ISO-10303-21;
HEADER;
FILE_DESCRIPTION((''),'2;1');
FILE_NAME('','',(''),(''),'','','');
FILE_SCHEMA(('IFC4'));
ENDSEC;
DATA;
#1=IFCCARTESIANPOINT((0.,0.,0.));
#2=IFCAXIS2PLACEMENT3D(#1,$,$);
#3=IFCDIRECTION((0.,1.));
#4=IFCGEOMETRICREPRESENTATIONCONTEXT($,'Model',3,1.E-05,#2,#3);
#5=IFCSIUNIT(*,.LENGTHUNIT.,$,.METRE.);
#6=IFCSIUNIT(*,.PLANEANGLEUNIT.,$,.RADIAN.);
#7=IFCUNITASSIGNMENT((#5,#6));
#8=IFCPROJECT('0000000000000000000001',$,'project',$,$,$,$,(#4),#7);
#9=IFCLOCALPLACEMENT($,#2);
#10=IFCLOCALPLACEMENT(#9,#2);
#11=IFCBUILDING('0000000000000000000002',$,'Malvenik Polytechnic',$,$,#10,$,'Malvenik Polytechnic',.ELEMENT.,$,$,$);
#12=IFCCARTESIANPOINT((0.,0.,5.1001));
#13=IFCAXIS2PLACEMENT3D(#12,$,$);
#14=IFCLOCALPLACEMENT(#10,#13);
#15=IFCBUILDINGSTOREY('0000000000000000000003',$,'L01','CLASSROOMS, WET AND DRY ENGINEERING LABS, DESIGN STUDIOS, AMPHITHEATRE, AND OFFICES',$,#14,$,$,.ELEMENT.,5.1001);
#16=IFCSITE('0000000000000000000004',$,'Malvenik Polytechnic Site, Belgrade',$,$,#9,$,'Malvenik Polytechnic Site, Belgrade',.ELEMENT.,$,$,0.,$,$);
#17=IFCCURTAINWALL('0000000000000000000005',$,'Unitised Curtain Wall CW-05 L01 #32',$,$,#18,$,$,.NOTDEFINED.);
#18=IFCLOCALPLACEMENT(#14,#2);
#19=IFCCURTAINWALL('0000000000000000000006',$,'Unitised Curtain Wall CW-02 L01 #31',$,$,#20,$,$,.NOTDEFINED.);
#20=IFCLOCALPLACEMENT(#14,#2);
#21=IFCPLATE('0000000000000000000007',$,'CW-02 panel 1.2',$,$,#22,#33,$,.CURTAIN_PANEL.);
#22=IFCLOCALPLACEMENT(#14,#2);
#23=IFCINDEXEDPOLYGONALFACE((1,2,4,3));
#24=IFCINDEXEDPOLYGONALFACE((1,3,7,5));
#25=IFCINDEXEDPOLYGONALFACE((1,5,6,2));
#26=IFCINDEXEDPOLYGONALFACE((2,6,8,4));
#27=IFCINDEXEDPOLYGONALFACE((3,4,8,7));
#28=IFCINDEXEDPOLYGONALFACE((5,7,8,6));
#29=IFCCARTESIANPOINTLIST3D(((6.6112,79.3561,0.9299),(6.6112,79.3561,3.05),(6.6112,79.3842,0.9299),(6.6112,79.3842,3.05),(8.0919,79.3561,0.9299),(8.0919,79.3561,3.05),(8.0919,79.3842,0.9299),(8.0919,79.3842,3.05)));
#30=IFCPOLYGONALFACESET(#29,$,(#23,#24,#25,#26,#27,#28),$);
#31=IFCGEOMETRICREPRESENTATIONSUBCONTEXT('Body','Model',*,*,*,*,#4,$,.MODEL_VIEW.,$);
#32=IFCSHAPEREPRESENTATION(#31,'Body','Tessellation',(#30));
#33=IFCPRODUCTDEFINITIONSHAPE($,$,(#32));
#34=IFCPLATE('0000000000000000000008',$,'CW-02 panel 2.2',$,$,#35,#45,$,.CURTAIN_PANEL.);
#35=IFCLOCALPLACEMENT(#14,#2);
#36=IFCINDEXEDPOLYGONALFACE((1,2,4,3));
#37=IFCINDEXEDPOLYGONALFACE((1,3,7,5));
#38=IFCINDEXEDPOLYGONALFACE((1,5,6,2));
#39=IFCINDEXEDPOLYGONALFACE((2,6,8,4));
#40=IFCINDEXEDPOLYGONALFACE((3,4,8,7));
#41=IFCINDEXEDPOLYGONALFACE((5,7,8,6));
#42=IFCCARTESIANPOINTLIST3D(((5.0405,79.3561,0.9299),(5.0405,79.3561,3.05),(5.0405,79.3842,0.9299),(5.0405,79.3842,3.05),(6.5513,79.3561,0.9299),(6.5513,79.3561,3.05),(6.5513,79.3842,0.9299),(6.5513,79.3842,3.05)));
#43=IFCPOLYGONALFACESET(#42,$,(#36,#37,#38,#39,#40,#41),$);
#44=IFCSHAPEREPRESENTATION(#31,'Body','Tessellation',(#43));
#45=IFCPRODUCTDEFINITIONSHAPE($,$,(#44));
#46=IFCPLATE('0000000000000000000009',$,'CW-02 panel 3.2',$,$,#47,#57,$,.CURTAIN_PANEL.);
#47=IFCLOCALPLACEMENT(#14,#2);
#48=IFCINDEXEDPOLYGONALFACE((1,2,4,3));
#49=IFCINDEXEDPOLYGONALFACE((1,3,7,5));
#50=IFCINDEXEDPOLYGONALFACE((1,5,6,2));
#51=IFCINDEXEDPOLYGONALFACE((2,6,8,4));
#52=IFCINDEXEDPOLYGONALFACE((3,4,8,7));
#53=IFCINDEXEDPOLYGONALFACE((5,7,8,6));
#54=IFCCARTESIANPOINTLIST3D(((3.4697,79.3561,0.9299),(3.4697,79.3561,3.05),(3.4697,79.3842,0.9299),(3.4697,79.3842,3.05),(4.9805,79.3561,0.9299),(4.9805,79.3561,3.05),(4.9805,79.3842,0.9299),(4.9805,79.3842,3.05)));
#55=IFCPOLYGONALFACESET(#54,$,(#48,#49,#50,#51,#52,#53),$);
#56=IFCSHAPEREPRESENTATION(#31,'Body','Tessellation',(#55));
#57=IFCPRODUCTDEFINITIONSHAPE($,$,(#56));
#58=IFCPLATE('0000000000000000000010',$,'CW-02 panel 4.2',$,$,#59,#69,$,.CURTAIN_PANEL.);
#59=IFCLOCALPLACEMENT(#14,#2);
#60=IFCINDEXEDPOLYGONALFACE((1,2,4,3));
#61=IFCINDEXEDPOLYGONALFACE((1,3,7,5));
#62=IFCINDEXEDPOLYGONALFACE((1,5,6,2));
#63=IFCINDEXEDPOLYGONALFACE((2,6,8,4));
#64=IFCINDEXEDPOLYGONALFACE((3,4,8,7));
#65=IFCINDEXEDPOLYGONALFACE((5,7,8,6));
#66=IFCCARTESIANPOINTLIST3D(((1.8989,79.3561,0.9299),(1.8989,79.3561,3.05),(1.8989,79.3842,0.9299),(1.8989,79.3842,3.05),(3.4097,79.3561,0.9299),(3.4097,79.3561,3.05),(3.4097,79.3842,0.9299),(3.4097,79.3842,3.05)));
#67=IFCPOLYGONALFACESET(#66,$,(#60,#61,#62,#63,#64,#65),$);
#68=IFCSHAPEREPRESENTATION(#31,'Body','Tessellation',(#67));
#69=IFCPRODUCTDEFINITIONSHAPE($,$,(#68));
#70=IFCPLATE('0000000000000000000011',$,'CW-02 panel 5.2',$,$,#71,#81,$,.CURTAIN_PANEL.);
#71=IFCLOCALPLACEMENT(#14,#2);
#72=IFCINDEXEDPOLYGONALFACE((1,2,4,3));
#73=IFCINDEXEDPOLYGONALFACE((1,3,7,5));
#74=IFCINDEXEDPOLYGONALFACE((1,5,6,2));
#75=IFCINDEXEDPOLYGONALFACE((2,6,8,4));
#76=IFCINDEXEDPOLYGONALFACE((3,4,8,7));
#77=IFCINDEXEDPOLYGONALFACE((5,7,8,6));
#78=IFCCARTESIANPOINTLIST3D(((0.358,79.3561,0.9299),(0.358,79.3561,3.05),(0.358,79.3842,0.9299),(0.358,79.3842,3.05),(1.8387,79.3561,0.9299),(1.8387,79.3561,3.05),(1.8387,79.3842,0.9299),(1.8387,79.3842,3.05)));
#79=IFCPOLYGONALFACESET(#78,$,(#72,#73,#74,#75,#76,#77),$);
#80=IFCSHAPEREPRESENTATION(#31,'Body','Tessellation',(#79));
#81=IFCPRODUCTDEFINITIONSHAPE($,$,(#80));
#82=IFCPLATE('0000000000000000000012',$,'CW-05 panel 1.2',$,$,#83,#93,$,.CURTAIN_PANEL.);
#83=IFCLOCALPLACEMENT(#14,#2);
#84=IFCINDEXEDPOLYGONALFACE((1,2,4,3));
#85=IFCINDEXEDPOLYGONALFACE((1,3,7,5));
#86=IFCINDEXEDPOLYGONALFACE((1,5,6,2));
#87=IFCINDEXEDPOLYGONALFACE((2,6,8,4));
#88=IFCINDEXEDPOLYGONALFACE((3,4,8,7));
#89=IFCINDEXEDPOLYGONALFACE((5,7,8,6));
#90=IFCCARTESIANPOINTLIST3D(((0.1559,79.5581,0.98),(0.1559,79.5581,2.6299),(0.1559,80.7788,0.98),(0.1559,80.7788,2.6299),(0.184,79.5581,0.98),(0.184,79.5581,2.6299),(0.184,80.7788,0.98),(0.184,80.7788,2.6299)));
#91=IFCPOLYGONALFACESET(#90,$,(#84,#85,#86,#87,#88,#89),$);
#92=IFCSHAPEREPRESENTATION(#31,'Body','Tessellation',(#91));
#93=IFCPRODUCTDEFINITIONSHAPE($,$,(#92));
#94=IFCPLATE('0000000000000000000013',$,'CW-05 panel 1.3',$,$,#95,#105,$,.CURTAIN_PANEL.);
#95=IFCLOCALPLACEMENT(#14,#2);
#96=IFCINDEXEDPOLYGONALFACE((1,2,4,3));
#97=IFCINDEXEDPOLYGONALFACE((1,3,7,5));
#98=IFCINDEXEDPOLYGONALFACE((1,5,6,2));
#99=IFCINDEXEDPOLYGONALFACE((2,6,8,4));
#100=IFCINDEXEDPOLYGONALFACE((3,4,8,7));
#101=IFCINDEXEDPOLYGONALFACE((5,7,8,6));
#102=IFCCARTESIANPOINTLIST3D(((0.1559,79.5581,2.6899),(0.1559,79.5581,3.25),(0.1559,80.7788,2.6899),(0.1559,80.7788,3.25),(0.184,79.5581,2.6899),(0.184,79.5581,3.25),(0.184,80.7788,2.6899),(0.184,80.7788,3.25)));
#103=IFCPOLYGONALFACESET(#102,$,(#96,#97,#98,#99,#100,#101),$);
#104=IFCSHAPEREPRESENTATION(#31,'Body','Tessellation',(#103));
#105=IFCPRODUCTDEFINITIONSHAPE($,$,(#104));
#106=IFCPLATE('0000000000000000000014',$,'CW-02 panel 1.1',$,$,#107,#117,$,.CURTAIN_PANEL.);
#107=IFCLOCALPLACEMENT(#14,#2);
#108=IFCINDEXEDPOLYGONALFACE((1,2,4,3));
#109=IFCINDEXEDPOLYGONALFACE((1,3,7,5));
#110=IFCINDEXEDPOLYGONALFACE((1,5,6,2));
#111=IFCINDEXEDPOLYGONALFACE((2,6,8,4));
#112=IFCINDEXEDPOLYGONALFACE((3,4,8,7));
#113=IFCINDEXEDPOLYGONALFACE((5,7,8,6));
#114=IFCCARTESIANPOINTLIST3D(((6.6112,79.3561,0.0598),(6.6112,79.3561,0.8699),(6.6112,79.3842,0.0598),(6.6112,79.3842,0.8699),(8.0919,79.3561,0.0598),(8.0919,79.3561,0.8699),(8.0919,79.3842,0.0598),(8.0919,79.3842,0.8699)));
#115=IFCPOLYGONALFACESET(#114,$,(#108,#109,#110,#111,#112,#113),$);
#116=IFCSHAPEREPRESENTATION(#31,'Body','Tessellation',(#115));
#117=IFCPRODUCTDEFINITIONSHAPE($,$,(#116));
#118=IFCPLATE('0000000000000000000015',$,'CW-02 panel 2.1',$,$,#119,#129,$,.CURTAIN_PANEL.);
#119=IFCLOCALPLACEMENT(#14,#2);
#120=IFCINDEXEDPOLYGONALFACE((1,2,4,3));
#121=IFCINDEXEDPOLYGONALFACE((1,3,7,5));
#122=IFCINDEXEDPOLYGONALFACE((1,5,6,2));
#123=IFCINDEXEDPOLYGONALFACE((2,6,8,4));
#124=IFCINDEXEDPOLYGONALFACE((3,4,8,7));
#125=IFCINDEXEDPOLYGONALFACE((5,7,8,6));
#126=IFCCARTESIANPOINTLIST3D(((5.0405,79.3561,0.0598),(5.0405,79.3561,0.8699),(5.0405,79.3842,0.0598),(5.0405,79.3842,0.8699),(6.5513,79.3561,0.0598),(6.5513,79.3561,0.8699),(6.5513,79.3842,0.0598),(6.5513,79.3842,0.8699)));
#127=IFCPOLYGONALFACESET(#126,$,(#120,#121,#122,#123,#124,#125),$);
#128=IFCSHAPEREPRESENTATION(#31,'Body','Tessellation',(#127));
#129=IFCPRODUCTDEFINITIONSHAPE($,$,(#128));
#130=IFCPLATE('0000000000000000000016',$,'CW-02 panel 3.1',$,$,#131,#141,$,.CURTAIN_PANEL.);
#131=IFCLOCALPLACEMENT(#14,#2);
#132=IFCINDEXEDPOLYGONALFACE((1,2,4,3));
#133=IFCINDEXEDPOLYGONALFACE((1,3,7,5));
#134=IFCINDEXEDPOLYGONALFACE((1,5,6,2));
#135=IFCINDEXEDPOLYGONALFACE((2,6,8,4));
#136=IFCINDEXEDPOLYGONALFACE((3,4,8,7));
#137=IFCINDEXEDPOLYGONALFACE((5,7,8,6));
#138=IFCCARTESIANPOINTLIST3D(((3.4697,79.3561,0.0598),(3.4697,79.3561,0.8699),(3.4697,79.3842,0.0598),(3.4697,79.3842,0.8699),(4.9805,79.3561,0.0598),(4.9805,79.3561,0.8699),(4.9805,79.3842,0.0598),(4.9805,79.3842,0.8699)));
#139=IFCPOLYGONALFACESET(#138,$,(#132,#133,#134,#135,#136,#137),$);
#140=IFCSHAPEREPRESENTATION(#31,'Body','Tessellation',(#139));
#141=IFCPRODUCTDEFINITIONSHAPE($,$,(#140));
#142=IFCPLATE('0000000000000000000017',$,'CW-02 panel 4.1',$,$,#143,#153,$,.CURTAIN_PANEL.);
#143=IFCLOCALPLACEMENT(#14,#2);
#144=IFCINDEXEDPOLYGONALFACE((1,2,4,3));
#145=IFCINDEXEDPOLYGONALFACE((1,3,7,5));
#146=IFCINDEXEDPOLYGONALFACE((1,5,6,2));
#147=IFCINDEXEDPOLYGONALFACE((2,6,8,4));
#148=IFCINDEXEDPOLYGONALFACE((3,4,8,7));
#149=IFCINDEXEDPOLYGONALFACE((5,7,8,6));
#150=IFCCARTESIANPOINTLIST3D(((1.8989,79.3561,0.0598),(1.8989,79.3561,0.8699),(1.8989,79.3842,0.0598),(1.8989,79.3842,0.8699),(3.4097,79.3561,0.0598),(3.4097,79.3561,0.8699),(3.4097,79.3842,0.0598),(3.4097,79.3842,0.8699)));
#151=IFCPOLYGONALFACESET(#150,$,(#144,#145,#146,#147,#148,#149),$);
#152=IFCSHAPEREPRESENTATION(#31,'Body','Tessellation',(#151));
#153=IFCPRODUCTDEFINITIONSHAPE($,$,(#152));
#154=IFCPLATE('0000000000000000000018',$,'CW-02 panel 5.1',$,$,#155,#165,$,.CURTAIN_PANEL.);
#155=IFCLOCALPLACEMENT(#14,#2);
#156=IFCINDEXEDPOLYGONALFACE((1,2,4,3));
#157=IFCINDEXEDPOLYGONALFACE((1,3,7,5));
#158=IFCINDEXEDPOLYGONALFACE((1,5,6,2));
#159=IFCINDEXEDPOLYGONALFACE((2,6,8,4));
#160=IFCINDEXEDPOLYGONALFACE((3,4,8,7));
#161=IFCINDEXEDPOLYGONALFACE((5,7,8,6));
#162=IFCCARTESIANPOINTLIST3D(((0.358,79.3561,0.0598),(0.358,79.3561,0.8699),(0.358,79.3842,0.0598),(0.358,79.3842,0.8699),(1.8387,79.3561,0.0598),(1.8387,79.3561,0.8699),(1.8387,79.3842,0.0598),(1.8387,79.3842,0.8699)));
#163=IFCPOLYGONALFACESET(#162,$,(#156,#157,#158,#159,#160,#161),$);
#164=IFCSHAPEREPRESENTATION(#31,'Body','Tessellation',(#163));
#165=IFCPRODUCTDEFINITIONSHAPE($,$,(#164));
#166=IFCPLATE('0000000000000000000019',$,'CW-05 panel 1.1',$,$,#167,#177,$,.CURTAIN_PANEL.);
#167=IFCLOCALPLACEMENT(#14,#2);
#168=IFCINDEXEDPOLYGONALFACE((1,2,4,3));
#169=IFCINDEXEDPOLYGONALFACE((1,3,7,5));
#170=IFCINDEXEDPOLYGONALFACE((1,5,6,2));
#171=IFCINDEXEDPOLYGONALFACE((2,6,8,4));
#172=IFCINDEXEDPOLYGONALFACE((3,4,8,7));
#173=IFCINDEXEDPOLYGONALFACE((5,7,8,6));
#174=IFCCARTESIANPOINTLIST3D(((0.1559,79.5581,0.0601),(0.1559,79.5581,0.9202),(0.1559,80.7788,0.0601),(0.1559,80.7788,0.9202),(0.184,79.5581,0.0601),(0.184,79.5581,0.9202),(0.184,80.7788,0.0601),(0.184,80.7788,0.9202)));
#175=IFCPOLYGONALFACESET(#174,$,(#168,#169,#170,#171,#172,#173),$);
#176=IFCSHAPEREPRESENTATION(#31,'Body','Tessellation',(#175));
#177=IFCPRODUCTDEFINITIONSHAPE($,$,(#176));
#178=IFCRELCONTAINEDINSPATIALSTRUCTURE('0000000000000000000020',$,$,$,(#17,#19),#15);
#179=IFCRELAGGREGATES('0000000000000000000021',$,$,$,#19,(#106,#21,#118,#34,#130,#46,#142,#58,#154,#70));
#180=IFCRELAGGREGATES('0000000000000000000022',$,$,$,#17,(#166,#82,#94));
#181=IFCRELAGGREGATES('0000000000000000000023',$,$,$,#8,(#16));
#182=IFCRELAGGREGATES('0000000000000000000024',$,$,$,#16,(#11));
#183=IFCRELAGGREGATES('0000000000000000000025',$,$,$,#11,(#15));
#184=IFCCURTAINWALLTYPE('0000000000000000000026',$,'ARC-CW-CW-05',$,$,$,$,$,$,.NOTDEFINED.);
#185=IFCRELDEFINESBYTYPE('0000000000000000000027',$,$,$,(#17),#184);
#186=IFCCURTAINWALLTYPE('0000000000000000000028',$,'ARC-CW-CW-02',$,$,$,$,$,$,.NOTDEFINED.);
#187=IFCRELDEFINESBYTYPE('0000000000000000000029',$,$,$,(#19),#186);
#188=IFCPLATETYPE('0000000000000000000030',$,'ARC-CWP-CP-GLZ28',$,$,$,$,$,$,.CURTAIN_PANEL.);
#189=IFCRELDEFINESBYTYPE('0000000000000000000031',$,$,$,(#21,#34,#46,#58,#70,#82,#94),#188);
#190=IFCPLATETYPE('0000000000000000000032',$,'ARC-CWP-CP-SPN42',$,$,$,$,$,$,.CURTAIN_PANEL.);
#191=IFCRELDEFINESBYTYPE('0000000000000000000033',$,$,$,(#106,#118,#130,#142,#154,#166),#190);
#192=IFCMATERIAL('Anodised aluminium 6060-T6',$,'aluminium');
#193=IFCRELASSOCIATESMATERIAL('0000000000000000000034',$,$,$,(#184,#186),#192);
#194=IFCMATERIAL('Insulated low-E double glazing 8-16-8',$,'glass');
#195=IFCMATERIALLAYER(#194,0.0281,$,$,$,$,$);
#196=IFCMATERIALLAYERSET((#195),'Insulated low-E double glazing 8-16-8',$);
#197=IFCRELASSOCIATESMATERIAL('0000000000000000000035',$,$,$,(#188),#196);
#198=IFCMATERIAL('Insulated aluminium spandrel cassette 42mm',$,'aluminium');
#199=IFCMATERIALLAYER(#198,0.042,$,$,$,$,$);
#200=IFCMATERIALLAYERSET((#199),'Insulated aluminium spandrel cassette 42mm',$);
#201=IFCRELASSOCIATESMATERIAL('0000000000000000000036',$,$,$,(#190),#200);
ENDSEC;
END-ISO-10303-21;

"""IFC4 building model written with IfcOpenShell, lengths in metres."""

from ifc_helpers import new_model, si_unit, direction, frame, origin, origin_2d, place, context, subcontext, project, spatial, rectangle, extrude, material, layer, layer_set, type_object, element, aggregate, save


model = new_model("IFC4")

# Units and contexts
model_context = context("Model", 3, precision=1e-05, world=origin(), true_north=direction((0.0, 1.0)))
body_context = subcontext(model_context, "Body", "Model", "MODEL_VIEW")
ifc_project = project(units=[si_unit("LENGTHUNIT", "METRE"), si_unit("PLANEANGLEUNIT", "RADIAN")], contexts=[model_context])

# Site, building, storey
site_placement = place(None, origin())
site = spatial("IfcSite", under=ifc_project, at=site_placement, Name="Malvenik Polytechnic Site, Belgrade", LongName="Malvenik Polytechnic Site, Belgrade", CompositionType="ELEMENT", RefElevation=0.0)
building_placement = place(site_placement, origin())
building = spatial("IfcBuilding", under=site, at=building_placement, Name="Malvenik Polytechnic", LongName="Malvenik Polytechnic", CompositionType="ELEMENT")
storey_placement = place(building_placement, frame((0.0, 0.0, 5.1001)))
storey = spatial("IfcBuildingStorey", under=building, at=storey_placement, Name="L01", Description="CLASSROOMS, WET AND DRY ENGINEERING LABS, DESIGN STUDIOS, AMPHITHEATRE, AND OFFICES", CompositionType="ELEMENT", Elevation=5.1001)

# Curtain walls
ifc_material_1 = material(Name="Anodised aluminium 6060-T6", Category="aluminium")
curtain_wall_type_1 = type_object("IfcCurtainWallType", Name="ARC-CW-CW-05", PredefinedType="NOTDEFINED", material=ifc_material_1)
curtain_wall_1_placement = place(storey_placement, origin())
curtain_wall_1 = element("IfcCurtainWall", 1, at=curtain_wall_1_placement, inside=storey, type_object=curtain_wall_type_1, Name="Unitised Curtain Wall CW-05 L01 #32", PredefinedType="NOTDEFINED")
curtain_wall_type_2 = type_object("IfcCurtainWallType", Name="ARC-CW-CW-02", PredefinedType="NOTDEFINED", material=ifc_material_1)
curtain_wall_2_placement = place(storey_placement, origin())
curtain_wall_2 = element("IfcCurtainWall", 2, at=curtain_wall_2_placement, inside=storey, type_object=curtain_wall_type_2, Name="Unitised Curtain Wall CW-02 L01 #31", PredefinedType="NOTDEFINED")

# Plates
ifc_material_2 = material(Name="Insulated low-E double glazing 8-16-8", Category="glass")
ifc_layer_1 = layer(ifc_material_2, 0.0281)
ifc_layer_set_1 = layer_set([ifc_layer_1], Name="Insulated low-E double glazing 8-16-8")
plate_type_1 = type_object("IfcPlateType", Name="ARC-CWP-CP-GLZ28", PredefinedType="CURTAIN_PANEL", material=ifc_layer_set_1)
plate_1_placement = place(storey_placement, frame((7.3516, 79.3701, 0.9299), z_axis=(0.0, 0.0, 1.0), x_axis=(-1.0, 0.0, 0.0)))
plate_1 = element("IfcPlate", 3, at=plate_1_placement, type_object=plate_type_1, Name="CW-02 panel 1.2", PredefinedType="CURTAIN_PANEL", context=body_context, shape_type="SweptSolid", body=[
    extrude(rectangle(XDim=1.4807, YDim=0.0281, at=origin_2d()), origin(), (0.0, 0.0, 1.0), 2.1201),
])
plate_2_placement = place(storey_placement, frame((5.7959, 79.3701, 0.9299), z_axis=(0.0, 0.0, 1.0), x_axis=(-1.0, 0.0, 0.0)))
plate_2 = element("IfcPlate", 4, at=plate_2_placement, type_object=plate_type_1, Name="CW-02 panel 2.2", PredefinedType="CURTAIN_PANEL", context=body_context, shape_type="SweptSolid", body=[
    extrude(rectangle(XDim=1.5107, YDim=0.0281, at=origin_2d()), origin(), (0.0, 0.0, 1.0), 2.1201),
])
plate_3_placement = place(storey_placement, frame((4.2251, 79.3701, 0.9299), z_axis=(0.0, 0.0, 1.0), x_axis=(-1.0, 0.0, 0.0)))
plate_3 = element("IfcPlate", 5, at=plate_3_placement, type_object=plate_type_1, Name="CW-02 panel 3.2", PredefinedType="CURTAIN_PANEL", context=body_context, shape_type="SweptSolid", body=[
    extrude(rectangle(XDim=1.5107, YDim=0.0281, at=origin_2d()), origin(), (0.0, 0.0, 1.0), 2.1201),
])
plate_4_placement = place(storey_placement, frame((2.6543, 79.3701, 0.9299), z_axis=(0.0, 0.0, 1.0), x_axis=(-1.0, 0.0, 0.0)))
plate_4 = element("IfcPlate", 6, at=plate_4_placement, type_object=plate_type_1, Name="CW-02 panel 4.2", PredefinedType="CURTAIN_PANEL", context=body_context, shape_type="SweptSolid", body=[
    extrude(rectangle(XDim=1.5107, YDim=0.0281, at=origin_2d()), origin(), (0.0, 0.0, 1.0), 2.1201),
])
plate_5_placement = place(storey_placement, frame((1.0984, 79.3701, 0.9299), z_axis=(0.0, 0.0, 1.0), x_axis=(-1.0, 0.0, 0.0)))
plate_5 = element("IfcPlate", 7, at=plate_5_placement, type_object=plate_type_1, Name="CW-02 panel 5.2", PredefinedType="CURTAIN_PANEL", context=body_context, shape_type="SweptSolid", body=[
    extrude(rectangle(XDim=1.4807, YDim=0.0281, at=origin_2d()), origin(), (0.0, 0.0, 1.0), 2.1201),
])
plate_6_placement = place(storey_placement, frame((0.1699, 80.1685, 0.98), z_axis=(0.0, 0.0, 1.0), x_axis=(0.0, 1.0, 0.0)))
plate_6 = element("IfcPlate", 8, at=plate_6_placement, type_object=plate_type_1, Name="CW-05 panel 1.2", PredefinedType="CURTAIN_PANEL", context=body_context, shape_type="SweptSolid", body=[
    extrude(rectangle(XDim=1.2207, YDim=0.0281, at=origin_2d()), origin(), (0.0, 0.0, 1.0), 1.6499),
])
plate_7_placement = place(storey_placement, frame((0.1699, 80.1685, 2.6899), z_axis=(0.0, 0.0, 1.0), x_axis=(0.0, 1.0, 0.0)))
plate_7 = element("IfcPlate", 9, at=plate_7_placement, type_object=plate_type_1, Name="CW-05 panel 1.3", PredefinedType="CURTAIN_PANEL", context=body_context, shape_type="SweptSolid", body=[
    extrude(rectangle(XDim=1.2207, YDim=0.0281, at=origin_2d()), origin(), (0.0, 0.0, 1.0), 0.5601),
])
ifc_material_3 = material(Name="Insulated aluminium spandrel cassette 42mm", Category="aluminium")
ifc_layer_2 = layer(ifc_material_3, 0.042)
ifc_layer_set_2 = layer_set([ifc_layer_2], Name="Insulated aluminium spandrel cassette 42mm")
plate_type_2 = type_object("IfcPlateType", Name="ARC-CWP-CP-SPN42", PredefinedType="CURTAIN_PANEL", material=ifc_layer_set_2)
plate_8_placement = place(storey_placement, frame((7.3516, 79.3701, 0.0598), z_axis=(0.0, 0.0, 1.0), x_axis=(-1.0, 0.0, 0.0)))
plate_8 = element("IfcPlate", 10, at=plate_8_placement, type_object=plate_type_2, Name="CW-02 panel 1.1", PredefinedType="CURTAIN_PANEL", context=body_context, shape_type="SweptSolid", body=[
    extrude(rectangle(XDim=1.4807, YDim=0.0281, at=origin_2d()), origin(), (0.0, 0.0, 1.0), 0.8101),
])
plate_9_placement = place(storey_placement, frame((5.7959, 79.3701, 0.0598), z_axis=(0.0, 0.0, 1.0), x_axis=(-1.0, 0.0, 0.0)))
plate_9 = element("IfcPlate", 11, at=plate_9_placement, type_object=plate_type_2, Name="CW-02 panel 2.1", PredefinedType="CURTAIN_PANEL", context=body_context, shape_type="SweptSolid", body=[
    extrude(rectangle(XDim=1.5107, YDim=0.0281, at=origin_2d()), origin(), (0.0, 0.0, 1.0), 0.8101),
])
plate_10_placement = place(storey_placement, frame((4.2251, 79.3701, 0.0598), z_axis=(0.0, 0.0, 1.0), x_axis=(-1.0, 0.0, 0.0)))
plate_10 = element("IfcPlate", 12, at=plate_10_placement, type_object=plate_type_2, Name="CW-02 panel 3.1", PredefinedType="CURTAIN_PANEL", context=body_context, shape_type="SweptSolid", body=[
    extrude(rectangle(XDim=1.5107, YDim=0.0281, at=origin_2d()), origin(), (0.0, 0.0, 1.0), 0.8101),
])
plate_11_placement = place(storey_placement, frame((2.6543, 79.3701, 0.0598), z_axis=(0.0, 0.0, 1.0), x_axis=(-1.0, 0.0, 0.0)))
plate_11 = element("IfcPlate", 13, at=plate_11_placement, type_object=plate_type_2, Name="CW-02 panel 4.1", PredefinedType="CURTAIN_PANEL", context=body_context, shape_type="SweptSolid", body=[
    extrude(rectangle(XDim=1.5107, YDim=0.0281, at=origin_2d()), origin(), (0.0, 0.0, 1.0), 0.8101),
])
plate_12_placement = place(storey_placement, frame((1.0984, 79.3701, 0.0598), z_axis=(0.0, 0.0, 1.0), x_axis=(-1.0, 0.0, 0.0)))
plate_12 = element("IfcPlate", 14, at=plate_12_placement, type_object=plate_type_2, Name="CW-02 panel 5.1", PredefinedType="CURTAIN_PANEL", context=body_context, shape_type="SweptSolid", body=[
    extrude(rectangle(XDim=1.4807, YDim=0.0281, at=origin_2d()), origin(), (0.0, 0.0, 1.0), 0.8101),
])
aggregate(curtain_wall_2, [plate_8, plate_1, plate_9, plate_2, plate_10, plate_3, plate_11, plate_4, plate_12, plate_5])
plate_13_placement = place(storey_placement, frame((0.1699, 80.1685, 0.0601), z_axis=(0.0, 0.0, 1.0), x_axis=(0.0, 1.0, 0.0)))
plate_13 = element("IfcPlate", 15, at=plate_13_placement, type_object=plate_type_2, Name="CW-05 panel 1.1", PredefinedType="CURTAIN_PANEL", context=body_context, shape_type="SweptSolid", body=[
    extrude(rectangle(XDim=1.2207, YDim=0.0281, at=origin_2d()), origin(), (0.0, 0.0, 1.0), 0.8601),
])
aggregate(curtain_wall_1, [plate_13, plate_6, plate_7])

save(model, "model.ifc")
